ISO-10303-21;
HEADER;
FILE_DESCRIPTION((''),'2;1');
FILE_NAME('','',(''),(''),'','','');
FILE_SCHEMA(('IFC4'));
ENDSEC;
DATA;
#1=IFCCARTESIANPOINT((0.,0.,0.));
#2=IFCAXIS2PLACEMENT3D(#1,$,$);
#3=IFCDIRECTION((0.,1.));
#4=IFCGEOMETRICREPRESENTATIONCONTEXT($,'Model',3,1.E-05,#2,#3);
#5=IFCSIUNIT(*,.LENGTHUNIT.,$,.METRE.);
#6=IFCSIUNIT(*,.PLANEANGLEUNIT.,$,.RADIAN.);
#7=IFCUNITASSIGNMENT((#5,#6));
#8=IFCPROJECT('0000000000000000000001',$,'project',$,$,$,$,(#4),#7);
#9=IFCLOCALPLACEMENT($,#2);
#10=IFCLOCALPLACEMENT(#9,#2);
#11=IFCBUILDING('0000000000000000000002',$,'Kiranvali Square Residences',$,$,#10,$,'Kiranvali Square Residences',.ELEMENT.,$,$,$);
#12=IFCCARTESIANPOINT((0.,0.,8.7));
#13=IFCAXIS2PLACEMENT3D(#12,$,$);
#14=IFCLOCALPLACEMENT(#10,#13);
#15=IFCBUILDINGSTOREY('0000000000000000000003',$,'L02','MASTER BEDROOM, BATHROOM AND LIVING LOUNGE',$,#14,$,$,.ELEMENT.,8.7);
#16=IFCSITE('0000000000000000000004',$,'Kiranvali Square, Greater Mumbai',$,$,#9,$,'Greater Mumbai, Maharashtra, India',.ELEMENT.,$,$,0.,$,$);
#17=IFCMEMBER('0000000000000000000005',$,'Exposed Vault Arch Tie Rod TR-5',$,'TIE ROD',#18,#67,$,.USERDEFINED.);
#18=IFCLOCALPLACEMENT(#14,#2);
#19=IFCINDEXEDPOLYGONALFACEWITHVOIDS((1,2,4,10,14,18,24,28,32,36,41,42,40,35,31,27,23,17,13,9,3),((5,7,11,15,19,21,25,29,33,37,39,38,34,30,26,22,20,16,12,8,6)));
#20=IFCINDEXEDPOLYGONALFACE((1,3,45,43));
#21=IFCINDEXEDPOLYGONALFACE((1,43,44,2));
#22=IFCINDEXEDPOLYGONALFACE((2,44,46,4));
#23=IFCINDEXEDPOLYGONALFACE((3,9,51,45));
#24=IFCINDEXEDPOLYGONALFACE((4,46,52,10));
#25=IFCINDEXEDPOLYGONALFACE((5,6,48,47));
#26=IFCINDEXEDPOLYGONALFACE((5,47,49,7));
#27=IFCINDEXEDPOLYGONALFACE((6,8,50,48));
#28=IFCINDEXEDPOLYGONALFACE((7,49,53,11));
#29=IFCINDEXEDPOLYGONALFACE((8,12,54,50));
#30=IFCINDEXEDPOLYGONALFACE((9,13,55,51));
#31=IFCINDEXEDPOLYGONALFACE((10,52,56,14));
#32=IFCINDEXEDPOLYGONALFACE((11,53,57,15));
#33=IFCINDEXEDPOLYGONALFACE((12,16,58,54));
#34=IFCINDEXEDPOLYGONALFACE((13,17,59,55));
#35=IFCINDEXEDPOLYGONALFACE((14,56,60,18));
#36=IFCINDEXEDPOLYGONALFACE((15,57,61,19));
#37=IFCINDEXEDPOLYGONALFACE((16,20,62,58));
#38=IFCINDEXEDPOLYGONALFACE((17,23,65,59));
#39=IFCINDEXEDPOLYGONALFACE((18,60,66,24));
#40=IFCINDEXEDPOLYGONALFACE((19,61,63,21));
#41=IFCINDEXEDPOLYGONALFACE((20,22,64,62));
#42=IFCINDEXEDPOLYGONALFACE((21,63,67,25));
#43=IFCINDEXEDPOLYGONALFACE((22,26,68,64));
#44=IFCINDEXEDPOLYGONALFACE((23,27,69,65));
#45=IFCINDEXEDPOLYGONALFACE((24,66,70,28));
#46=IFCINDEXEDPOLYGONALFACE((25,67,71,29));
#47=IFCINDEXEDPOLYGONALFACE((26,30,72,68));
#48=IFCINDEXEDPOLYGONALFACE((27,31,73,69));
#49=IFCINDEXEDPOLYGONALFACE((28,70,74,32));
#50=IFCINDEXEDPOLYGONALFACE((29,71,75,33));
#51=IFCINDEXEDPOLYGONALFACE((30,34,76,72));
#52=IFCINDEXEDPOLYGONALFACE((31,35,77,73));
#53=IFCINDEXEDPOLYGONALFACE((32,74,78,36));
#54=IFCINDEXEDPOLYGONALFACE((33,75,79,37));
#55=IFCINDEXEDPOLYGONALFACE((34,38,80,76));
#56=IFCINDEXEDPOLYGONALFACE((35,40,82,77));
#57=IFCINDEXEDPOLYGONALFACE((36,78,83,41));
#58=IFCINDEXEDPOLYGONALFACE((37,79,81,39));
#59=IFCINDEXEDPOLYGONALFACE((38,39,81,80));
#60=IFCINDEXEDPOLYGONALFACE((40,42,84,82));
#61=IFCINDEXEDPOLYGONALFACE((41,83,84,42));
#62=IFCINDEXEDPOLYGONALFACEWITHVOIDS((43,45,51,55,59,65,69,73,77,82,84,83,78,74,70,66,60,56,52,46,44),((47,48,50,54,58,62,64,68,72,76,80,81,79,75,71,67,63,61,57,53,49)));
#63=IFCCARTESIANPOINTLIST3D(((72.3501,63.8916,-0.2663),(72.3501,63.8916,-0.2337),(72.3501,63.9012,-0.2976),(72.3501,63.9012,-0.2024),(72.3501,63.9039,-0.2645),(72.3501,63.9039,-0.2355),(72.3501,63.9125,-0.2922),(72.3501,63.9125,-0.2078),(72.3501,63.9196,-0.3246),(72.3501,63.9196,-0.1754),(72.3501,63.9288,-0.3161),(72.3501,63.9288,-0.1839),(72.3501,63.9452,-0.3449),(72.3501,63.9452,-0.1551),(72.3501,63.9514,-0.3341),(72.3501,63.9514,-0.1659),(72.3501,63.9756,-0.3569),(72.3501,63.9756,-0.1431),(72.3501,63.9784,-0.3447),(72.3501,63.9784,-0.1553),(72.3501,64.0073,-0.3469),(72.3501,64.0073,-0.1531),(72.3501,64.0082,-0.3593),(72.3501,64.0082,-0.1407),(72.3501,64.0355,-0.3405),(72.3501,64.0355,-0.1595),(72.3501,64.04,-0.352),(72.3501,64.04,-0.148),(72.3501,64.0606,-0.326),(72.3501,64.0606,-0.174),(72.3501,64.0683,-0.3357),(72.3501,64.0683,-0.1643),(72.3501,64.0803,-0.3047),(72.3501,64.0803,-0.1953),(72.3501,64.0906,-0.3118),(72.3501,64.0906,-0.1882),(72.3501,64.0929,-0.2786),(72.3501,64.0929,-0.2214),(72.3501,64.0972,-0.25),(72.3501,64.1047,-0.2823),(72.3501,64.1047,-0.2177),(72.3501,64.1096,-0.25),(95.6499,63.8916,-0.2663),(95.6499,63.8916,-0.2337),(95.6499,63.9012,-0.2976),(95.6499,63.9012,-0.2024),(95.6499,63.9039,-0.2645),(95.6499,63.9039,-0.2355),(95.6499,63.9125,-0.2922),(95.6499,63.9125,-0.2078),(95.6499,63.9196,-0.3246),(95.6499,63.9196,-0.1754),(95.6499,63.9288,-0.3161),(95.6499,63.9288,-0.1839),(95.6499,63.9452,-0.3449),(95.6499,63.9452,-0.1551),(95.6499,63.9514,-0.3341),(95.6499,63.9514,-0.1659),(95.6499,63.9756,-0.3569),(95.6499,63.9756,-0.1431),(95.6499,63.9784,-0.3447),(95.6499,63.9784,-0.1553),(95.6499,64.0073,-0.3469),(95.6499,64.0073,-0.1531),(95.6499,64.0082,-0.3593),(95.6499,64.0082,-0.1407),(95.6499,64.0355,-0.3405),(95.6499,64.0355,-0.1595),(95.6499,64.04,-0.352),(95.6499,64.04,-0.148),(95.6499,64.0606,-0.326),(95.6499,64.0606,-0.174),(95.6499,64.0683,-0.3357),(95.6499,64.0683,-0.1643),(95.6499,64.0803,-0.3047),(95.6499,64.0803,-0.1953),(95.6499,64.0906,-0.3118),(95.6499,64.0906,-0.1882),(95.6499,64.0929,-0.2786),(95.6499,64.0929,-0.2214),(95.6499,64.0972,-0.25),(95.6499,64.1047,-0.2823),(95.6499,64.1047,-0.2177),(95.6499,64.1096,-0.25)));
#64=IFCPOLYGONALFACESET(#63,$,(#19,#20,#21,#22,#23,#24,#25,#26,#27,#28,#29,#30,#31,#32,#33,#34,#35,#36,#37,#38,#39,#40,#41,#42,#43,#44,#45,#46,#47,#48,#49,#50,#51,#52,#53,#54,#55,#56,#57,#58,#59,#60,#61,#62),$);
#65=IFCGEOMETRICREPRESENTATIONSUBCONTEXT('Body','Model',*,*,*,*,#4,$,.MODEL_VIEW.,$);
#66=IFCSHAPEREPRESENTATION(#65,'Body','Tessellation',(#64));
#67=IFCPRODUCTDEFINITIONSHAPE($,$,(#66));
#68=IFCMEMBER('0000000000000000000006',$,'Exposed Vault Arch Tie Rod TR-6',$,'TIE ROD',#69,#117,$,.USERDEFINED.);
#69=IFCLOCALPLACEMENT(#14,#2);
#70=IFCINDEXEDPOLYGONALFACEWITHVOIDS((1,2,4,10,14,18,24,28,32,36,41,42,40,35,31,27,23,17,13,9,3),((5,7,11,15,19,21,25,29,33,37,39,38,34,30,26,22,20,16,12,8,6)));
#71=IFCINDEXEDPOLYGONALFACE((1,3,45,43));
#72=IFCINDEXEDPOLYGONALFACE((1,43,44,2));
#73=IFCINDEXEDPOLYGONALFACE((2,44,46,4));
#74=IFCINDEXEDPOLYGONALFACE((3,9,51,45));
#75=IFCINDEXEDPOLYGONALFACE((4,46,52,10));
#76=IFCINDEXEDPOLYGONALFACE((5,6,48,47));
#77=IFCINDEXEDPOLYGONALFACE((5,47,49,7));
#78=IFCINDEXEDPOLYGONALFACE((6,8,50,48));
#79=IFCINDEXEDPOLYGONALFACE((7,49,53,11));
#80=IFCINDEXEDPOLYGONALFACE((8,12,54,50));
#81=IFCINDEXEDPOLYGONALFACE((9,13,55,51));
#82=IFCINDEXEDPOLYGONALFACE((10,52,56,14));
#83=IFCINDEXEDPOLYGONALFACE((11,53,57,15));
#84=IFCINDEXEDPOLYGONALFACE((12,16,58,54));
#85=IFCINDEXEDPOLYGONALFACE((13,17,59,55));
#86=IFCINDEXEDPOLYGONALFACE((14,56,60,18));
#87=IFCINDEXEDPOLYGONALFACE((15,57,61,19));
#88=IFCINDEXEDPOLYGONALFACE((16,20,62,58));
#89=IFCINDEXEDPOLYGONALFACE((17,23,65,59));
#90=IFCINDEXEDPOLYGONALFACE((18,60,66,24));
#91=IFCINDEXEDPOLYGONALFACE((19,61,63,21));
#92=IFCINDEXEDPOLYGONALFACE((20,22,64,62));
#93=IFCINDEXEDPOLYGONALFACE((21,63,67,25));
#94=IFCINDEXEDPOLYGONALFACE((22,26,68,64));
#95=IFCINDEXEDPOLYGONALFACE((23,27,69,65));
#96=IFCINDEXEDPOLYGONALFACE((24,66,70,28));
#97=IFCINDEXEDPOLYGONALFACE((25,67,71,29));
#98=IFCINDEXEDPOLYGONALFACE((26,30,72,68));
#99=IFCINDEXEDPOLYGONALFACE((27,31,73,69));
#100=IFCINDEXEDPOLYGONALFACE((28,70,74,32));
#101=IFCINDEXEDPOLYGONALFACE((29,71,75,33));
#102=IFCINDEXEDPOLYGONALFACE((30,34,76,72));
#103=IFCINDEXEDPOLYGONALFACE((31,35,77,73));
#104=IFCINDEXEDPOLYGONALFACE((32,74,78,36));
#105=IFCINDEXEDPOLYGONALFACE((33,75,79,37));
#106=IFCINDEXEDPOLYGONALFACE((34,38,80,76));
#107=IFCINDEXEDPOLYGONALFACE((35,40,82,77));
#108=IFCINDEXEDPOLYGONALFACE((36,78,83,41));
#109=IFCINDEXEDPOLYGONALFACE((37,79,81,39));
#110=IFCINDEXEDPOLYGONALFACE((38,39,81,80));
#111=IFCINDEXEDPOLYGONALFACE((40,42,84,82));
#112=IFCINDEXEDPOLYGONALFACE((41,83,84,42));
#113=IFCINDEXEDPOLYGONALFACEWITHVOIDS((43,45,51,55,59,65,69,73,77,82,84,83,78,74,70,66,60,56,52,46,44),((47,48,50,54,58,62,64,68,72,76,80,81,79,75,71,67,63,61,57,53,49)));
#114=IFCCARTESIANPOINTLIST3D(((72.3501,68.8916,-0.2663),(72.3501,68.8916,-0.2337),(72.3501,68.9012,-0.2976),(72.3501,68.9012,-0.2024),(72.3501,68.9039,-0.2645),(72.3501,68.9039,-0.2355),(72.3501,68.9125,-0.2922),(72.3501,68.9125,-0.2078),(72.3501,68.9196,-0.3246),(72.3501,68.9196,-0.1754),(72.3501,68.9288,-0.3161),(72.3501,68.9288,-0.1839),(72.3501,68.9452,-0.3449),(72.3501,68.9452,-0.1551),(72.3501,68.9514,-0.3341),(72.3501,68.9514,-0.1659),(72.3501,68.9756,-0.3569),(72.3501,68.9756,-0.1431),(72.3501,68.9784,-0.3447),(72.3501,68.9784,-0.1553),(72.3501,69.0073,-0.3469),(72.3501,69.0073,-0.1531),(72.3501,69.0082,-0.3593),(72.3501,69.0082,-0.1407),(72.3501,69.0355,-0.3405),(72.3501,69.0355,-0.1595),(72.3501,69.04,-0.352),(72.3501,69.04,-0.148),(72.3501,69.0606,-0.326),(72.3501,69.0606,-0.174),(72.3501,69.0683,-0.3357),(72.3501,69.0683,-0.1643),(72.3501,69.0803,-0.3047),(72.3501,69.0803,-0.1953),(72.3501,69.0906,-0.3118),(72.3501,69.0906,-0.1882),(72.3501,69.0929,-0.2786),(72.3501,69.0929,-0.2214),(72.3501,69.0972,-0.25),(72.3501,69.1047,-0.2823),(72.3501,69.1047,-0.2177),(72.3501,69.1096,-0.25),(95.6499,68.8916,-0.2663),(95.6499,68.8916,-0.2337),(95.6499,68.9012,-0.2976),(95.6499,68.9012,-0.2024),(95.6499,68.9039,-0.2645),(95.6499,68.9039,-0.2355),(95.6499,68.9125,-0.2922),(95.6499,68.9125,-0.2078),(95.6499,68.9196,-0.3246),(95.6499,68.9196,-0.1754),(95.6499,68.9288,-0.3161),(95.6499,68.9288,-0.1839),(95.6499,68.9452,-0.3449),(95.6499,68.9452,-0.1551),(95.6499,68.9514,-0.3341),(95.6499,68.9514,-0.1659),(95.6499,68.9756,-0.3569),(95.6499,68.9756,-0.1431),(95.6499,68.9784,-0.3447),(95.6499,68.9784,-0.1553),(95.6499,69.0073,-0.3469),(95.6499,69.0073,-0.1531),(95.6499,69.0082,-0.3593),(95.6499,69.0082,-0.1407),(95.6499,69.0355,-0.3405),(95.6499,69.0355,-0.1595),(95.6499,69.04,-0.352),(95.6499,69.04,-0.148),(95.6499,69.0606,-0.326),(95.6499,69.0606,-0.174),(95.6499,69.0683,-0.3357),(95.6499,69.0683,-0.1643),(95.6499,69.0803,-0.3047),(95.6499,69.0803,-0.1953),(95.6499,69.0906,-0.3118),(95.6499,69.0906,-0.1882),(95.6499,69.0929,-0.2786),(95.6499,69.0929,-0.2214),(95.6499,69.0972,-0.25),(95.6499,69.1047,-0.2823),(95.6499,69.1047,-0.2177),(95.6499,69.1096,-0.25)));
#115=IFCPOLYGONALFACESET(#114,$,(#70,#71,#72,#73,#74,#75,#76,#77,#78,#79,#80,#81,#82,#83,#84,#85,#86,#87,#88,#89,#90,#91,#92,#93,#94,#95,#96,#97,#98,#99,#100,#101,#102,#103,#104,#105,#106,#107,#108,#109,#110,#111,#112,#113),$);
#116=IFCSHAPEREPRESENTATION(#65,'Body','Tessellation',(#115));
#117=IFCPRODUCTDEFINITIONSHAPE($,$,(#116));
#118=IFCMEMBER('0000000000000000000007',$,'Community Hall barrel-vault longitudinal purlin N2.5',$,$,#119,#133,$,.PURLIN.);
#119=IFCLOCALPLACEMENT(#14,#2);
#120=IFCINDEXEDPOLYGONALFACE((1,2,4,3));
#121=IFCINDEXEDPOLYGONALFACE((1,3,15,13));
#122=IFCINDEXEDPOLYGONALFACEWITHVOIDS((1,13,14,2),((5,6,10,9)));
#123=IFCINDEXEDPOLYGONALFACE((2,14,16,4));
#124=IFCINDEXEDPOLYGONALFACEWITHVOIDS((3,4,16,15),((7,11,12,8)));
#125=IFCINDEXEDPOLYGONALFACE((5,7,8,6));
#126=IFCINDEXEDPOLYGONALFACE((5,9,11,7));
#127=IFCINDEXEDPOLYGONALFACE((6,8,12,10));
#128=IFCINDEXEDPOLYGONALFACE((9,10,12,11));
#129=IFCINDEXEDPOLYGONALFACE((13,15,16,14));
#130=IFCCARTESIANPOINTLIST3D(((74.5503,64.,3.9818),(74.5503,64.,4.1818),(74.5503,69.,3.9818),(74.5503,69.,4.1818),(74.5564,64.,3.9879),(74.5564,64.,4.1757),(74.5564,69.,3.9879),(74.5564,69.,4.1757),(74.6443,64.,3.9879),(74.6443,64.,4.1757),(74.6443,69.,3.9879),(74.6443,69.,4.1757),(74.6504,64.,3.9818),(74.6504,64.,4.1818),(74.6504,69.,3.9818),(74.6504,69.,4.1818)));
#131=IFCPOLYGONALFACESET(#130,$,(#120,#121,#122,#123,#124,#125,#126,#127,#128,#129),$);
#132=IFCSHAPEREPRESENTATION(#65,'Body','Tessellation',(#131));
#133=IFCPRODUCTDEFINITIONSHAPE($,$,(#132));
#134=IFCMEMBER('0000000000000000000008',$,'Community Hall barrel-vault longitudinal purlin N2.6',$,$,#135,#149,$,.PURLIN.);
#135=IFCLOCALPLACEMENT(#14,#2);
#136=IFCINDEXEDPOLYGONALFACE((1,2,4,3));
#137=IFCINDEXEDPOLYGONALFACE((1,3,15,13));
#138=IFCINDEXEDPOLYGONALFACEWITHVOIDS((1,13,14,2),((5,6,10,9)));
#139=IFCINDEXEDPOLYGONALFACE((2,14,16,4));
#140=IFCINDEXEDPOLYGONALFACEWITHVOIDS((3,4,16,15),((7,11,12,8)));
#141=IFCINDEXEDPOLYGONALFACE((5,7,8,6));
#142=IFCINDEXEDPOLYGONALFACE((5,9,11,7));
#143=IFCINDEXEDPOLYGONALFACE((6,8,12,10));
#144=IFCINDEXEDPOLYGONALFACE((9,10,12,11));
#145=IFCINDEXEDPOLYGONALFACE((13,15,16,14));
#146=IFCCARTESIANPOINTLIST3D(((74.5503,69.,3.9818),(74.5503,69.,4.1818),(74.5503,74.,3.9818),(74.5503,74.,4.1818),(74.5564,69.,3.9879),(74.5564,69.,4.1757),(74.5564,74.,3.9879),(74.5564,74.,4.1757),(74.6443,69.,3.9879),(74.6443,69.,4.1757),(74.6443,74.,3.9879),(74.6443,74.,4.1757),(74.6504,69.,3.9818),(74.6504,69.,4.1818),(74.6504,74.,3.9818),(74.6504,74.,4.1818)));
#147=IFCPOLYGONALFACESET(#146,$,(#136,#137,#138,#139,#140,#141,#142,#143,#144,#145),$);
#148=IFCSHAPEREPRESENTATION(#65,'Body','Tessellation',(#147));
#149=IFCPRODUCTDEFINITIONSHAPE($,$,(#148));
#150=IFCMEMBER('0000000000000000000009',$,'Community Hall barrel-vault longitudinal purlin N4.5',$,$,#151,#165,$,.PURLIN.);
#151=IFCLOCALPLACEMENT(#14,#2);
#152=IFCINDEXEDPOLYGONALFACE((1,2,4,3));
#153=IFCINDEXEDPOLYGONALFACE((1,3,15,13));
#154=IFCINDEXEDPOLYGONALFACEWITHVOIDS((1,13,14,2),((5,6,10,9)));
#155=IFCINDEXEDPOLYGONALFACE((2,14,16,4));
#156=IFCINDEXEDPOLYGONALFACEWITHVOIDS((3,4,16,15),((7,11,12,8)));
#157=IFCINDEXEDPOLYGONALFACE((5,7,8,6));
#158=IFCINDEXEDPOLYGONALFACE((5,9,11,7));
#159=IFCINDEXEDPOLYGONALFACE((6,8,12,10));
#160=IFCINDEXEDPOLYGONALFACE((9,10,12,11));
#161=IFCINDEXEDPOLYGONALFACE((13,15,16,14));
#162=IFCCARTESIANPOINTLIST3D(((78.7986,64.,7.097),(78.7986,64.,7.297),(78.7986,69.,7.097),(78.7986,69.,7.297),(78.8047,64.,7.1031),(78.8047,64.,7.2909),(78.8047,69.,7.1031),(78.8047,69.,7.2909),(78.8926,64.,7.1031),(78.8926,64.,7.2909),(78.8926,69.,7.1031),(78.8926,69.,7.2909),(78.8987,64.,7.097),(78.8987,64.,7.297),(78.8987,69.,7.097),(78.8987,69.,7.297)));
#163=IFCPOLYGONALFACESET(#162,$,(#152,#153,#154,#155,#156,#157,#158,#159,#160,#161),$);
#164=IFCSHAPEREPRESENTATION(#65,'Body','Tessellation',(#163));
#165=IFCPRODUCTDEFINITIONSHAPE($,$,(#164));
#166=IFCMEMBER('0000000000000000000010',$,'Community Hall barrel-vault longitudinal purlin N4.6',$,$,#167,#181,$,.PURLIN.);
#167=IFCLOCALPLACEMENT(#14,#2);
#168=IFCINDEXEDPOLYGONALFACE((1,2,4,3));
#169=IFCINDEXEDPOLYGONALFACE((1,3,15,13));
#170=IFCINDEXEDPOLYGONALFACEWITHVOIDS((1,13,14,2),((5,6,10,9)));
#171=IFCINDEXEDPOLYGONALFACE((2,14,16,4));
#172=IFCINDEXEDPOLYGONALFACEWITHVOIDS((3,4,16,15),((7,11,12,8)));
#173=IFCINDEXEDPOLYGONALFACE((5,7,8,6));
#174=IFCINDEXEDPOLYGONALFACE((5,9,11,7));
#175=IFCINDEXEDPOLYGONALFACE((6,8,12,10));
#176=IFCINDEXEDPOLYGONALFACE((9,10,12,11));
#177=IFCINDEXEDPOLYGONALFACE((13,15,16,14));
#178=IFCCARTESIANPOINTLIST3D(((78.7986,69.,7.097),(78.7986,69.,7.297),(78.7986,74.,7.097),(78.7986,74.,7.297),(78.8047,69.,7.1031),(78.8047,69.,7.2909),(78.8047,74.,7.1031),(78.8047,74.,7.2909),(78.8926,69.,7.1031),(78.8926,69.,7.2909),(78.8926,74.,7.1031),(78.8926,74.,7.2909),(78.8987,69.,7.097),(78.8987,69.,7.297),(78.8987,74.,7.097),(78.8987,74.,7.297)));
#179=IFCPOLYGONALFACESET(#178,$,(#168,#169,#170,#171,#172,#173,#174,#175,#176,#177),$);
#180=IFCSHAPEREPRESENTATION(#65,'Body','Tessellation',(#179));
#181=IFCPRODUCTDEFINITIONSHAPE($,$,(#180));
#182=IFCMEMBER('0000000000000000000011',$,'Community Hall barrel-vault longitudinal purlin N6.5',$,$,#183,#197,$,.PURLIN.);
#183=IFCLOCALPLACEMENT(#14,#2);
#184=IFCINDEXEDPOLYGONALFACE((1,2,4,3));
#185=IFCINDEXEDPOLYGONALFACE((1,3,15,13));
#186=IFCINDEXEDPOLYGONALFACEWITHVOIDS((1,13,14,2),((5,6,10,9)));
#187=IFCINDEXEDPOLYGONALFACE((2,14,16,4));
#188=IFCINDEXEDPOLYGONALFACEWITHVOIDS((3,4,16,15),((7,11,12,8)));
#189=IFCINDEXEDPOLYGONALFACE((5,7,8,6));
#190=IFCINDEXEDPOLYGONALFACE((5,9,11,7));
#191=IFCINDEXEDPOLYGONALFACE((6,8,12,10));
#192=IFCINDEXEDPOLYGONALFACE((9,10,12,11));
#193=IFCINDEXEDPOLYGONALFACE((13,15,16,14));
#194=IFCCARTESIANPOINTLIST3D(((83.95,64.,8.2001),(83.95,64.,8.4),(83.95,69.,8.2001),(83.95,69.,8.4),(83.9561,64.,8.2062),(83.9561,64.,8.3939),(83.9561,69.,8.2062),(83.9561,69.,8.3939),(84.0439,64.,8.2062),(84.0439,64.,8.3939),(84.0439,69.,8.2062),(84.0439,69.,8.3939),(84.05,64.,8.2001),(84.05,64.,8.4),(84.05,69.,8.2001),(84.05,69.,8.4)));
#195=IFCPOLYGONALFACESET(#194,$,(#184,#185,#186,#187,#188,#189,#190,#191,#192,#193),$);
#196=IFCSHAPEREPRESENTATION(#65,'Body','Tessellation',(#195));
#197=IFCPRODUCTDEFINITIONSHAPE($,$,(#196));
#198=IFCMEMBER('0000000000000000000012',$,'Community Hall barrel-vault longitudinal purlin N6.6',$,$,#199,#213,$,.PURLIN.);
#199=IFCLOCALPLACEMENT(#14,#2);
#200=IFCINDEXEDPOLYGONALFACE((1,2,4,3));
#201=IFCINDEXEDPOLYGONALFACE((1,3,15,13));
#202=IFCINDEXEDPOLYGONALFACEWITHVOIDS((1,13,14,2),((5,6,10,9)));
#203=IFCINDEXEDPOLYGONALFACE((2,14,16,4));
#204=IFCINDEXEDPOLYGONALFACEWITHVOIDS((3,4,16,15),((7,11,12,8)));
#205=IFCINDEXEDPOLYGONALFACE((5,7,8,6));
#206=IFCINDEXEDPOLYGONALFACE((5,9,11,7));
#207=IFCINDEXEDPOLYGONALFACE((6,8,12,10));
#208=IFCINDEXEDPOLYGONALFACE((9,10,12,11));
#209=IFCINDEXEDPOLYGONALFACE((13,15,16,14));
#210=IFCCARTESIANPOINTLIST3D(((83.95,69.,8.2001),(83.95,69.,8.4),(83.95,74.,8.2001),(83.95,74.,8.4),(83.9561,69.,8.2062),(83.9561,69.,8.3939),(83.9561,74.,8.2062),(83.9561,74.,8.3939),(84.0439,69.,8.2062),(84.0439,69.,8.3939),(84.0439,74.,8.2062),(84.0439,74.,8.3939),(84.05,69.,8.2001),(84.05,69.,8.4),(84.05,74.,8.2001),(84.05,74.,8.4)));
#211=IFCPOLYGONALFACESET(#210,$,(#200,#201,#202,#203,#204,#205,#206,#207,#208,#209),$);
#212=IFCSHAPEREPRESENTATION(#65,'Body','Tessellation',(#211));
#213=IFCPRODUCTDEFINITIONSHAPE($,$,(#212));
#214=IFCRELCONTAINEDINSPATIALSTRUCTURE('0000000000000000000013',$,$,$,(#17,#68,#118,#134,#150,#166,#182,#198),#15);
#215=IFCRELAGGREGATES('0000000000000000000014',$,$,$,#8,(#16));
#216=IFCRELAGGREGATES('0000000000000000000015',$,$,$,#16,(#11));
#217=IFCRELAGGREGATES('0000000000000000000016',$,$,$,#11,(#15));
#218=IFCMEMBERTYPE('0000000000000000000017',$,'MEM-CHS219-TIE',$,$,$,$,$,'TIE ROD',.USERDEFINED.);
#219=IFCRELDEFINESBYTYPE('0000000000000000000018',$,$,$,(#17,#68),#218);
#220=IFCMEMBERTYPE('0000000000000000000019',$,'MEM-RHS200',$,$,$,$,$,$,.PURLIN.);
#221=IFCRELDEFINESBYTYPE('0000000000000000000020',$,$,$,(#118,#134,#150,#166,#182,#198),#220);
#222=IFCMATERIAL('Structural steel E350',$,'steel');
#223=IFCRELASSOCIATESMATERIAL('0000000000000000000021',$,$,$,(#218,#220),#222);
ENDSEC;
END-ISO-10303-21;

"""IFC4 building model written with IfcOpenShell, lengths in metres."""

from ifc_helpers import new_model, si_unit, direction, frame, origin, origin_2d, place, context, subcontext, project, spatial, hollow_rectangle, hollow_circle, extrude, material, material_profile, profile_set, type_object, element, save


model = new_model("IFC4")

# Units and contexts
model_context = context("Model", 3, precision=1e-05, world=origin(), true_north=direction((0.0, 1.0)))
body_context = subcontext(model_context, "Body", "Model", "MODEL_VIEW")
ifc_project = project(units=[si_unit("LENGTHUNIT", "METRE"), si_unit("PLANEANGLEUNIT", "RADIAN")], contexts=[model_context])

# Site, building, storey
site_placement = place(None, origin())
site = spatial("IfcSite", under=ifc_project, at=site_placement, Name="Kiranvali Square, Greater Mumbai", LongName="Greater Mumbai, Maharashtra, India", CompositionType="ELEMENT", RefElevation=0.0)
building_placement = place(site_placement, origin())
building = spatial("IfcBuilding", under=site, at=building_placement, Name="Kiranvali Square Residences", LongName="Kiranvali Square Residences", CompositionType="ELEMENT")
storey_placement = place(building_placement, frame((0.0, 0.0, 8.7)))
storey = spatial("IfcBuildingStorey", under=building, at=storey_placement, Name="L02", Description="MASTER BEDROOM, BATHROOM AND LIVING LOUNGE", CompositionType="ELEMENT", Elevation=8.7)

# Members
ifc_material_1 = material(Name="Structural steel E350", Category="steel")
ifc_material_profile_1 = material_profile(ifc_material_1, hollow_circle(Radius=0.1096, WallThickness=0.0125, at=origin_2d()), Name="CHS 219.1x12.5")
ifc_profile_set_1 = profile_set([ifc_material_profile_1], Name="Structural steel E350")
member_type_1 = type_object("IfcMemberType", Name="MEM-CHS219-TIE", ElementType="TIE ROD", PredefinedType="USERDEFINED", material=ifc_profile_set_1)
for number, where, z_axis, x_axis, name in (
    (1, (72.3501, 64.0, -0.25), (1.0, 0.0, 0.0), (0.0, 1.0, 0.0), "Exposed Vault Arch Tie Rod TR-5"),
    (2, (72.3501, 69.0, -0.25), (1.0, 0.0, 0.0), (0.0, 1.0, 0.0), "Exposed Vault Arch Tie Rod TR-6"),
):
    element("IfcMember", number, at=place(storey_placement, frame(where, z_axis=z_axis, x_axis=x_axis)), inside=storey, type_object=member_type_1, Name=name, ObjectType="TIE ROD", PredefinedType="USERDEFINED", context=body_context, shape_type="SweptSolid", body=[
        extrude(hollow_circle(Radius=0.1096, WallThickness=0.0125, at=origin_2d()), origin(), (0.0, 0.0, 1.0), 23.2998),
    ])
ifc_material_profile_2 = material_profile(ifc_material_1, hollow_rectangle(XDim=0.1001, YDim=0.2, WallThickness=0.0061, at=origin_2d()), Name="RHS 200x100x6.0")
ifc_profile_set_2 = profile_set([ifc_material_profile_2], Name="Structural steel E350")
member_type_2 = type_object("IfcMemberType", Name="MEM-RHS200", PredefinedType="PURLIN", material=ifc_profile_set_2)
for number, where, z_axis, x_axis, name in (
    (3, (74.6003, 64.0, 4.0818), (0.0, 1.0, 0.0), (-1.0, 0.0, 0.0), "Community Hall barrel-vault longitudinal purlin N2.5"),
    (4, (74.6003, 69.0, 4.0818), (0.0, 1.0, 0.0), (-1.0, 0.0, 0.0), "Community Hall barrel-vault longitudinal purlin N2.6"),
    (5, (78.8486, 64.0, 7.197), (0.0, 1.0, 0.0), (-1.0, 0.0, 0.0), "Community Hall barrel-vault longitudinal purlin N4.5"),
    (6, (78.8486, 69.0, 7.197), (0.0, 1.0, 0.0), (-1.0, 0.0, 0.0), "Community Hall barrel-vault longitudinal purlin N4.6"),
    (7, (84.0, 64.0, 8.3), (0.0, 1.0, 0.0), (-1.0, 0.0, 0.0), "Community Hall barrel-vault longitudinal purlin N6.5"),
    (8, (84.0, 69.0, 8.3), (0.0, 1.0, 0.0), (-1.0, 0.0, 0.0), "Community Hall barrel-vault longitudinal purlin N6.6"),
):
    element("IfcMember", number, at=place(storey_placement, frame(where, z_axis=z_axis, x_axis=x_axis)), inside=storey, type_object=member_type_2, Name=name, PredefinedType="PURLIN", context=body_context, shape_type="SweptSolid", body=[
        extrude(hollow_rectangle(XDim=0.1001, YDim=0.2, WallThickness=0.0061, at=origin_2d()), origin(), (0.0, 0.0, 1.0), 5.0),
    ])

save(model, "model.ifc")
